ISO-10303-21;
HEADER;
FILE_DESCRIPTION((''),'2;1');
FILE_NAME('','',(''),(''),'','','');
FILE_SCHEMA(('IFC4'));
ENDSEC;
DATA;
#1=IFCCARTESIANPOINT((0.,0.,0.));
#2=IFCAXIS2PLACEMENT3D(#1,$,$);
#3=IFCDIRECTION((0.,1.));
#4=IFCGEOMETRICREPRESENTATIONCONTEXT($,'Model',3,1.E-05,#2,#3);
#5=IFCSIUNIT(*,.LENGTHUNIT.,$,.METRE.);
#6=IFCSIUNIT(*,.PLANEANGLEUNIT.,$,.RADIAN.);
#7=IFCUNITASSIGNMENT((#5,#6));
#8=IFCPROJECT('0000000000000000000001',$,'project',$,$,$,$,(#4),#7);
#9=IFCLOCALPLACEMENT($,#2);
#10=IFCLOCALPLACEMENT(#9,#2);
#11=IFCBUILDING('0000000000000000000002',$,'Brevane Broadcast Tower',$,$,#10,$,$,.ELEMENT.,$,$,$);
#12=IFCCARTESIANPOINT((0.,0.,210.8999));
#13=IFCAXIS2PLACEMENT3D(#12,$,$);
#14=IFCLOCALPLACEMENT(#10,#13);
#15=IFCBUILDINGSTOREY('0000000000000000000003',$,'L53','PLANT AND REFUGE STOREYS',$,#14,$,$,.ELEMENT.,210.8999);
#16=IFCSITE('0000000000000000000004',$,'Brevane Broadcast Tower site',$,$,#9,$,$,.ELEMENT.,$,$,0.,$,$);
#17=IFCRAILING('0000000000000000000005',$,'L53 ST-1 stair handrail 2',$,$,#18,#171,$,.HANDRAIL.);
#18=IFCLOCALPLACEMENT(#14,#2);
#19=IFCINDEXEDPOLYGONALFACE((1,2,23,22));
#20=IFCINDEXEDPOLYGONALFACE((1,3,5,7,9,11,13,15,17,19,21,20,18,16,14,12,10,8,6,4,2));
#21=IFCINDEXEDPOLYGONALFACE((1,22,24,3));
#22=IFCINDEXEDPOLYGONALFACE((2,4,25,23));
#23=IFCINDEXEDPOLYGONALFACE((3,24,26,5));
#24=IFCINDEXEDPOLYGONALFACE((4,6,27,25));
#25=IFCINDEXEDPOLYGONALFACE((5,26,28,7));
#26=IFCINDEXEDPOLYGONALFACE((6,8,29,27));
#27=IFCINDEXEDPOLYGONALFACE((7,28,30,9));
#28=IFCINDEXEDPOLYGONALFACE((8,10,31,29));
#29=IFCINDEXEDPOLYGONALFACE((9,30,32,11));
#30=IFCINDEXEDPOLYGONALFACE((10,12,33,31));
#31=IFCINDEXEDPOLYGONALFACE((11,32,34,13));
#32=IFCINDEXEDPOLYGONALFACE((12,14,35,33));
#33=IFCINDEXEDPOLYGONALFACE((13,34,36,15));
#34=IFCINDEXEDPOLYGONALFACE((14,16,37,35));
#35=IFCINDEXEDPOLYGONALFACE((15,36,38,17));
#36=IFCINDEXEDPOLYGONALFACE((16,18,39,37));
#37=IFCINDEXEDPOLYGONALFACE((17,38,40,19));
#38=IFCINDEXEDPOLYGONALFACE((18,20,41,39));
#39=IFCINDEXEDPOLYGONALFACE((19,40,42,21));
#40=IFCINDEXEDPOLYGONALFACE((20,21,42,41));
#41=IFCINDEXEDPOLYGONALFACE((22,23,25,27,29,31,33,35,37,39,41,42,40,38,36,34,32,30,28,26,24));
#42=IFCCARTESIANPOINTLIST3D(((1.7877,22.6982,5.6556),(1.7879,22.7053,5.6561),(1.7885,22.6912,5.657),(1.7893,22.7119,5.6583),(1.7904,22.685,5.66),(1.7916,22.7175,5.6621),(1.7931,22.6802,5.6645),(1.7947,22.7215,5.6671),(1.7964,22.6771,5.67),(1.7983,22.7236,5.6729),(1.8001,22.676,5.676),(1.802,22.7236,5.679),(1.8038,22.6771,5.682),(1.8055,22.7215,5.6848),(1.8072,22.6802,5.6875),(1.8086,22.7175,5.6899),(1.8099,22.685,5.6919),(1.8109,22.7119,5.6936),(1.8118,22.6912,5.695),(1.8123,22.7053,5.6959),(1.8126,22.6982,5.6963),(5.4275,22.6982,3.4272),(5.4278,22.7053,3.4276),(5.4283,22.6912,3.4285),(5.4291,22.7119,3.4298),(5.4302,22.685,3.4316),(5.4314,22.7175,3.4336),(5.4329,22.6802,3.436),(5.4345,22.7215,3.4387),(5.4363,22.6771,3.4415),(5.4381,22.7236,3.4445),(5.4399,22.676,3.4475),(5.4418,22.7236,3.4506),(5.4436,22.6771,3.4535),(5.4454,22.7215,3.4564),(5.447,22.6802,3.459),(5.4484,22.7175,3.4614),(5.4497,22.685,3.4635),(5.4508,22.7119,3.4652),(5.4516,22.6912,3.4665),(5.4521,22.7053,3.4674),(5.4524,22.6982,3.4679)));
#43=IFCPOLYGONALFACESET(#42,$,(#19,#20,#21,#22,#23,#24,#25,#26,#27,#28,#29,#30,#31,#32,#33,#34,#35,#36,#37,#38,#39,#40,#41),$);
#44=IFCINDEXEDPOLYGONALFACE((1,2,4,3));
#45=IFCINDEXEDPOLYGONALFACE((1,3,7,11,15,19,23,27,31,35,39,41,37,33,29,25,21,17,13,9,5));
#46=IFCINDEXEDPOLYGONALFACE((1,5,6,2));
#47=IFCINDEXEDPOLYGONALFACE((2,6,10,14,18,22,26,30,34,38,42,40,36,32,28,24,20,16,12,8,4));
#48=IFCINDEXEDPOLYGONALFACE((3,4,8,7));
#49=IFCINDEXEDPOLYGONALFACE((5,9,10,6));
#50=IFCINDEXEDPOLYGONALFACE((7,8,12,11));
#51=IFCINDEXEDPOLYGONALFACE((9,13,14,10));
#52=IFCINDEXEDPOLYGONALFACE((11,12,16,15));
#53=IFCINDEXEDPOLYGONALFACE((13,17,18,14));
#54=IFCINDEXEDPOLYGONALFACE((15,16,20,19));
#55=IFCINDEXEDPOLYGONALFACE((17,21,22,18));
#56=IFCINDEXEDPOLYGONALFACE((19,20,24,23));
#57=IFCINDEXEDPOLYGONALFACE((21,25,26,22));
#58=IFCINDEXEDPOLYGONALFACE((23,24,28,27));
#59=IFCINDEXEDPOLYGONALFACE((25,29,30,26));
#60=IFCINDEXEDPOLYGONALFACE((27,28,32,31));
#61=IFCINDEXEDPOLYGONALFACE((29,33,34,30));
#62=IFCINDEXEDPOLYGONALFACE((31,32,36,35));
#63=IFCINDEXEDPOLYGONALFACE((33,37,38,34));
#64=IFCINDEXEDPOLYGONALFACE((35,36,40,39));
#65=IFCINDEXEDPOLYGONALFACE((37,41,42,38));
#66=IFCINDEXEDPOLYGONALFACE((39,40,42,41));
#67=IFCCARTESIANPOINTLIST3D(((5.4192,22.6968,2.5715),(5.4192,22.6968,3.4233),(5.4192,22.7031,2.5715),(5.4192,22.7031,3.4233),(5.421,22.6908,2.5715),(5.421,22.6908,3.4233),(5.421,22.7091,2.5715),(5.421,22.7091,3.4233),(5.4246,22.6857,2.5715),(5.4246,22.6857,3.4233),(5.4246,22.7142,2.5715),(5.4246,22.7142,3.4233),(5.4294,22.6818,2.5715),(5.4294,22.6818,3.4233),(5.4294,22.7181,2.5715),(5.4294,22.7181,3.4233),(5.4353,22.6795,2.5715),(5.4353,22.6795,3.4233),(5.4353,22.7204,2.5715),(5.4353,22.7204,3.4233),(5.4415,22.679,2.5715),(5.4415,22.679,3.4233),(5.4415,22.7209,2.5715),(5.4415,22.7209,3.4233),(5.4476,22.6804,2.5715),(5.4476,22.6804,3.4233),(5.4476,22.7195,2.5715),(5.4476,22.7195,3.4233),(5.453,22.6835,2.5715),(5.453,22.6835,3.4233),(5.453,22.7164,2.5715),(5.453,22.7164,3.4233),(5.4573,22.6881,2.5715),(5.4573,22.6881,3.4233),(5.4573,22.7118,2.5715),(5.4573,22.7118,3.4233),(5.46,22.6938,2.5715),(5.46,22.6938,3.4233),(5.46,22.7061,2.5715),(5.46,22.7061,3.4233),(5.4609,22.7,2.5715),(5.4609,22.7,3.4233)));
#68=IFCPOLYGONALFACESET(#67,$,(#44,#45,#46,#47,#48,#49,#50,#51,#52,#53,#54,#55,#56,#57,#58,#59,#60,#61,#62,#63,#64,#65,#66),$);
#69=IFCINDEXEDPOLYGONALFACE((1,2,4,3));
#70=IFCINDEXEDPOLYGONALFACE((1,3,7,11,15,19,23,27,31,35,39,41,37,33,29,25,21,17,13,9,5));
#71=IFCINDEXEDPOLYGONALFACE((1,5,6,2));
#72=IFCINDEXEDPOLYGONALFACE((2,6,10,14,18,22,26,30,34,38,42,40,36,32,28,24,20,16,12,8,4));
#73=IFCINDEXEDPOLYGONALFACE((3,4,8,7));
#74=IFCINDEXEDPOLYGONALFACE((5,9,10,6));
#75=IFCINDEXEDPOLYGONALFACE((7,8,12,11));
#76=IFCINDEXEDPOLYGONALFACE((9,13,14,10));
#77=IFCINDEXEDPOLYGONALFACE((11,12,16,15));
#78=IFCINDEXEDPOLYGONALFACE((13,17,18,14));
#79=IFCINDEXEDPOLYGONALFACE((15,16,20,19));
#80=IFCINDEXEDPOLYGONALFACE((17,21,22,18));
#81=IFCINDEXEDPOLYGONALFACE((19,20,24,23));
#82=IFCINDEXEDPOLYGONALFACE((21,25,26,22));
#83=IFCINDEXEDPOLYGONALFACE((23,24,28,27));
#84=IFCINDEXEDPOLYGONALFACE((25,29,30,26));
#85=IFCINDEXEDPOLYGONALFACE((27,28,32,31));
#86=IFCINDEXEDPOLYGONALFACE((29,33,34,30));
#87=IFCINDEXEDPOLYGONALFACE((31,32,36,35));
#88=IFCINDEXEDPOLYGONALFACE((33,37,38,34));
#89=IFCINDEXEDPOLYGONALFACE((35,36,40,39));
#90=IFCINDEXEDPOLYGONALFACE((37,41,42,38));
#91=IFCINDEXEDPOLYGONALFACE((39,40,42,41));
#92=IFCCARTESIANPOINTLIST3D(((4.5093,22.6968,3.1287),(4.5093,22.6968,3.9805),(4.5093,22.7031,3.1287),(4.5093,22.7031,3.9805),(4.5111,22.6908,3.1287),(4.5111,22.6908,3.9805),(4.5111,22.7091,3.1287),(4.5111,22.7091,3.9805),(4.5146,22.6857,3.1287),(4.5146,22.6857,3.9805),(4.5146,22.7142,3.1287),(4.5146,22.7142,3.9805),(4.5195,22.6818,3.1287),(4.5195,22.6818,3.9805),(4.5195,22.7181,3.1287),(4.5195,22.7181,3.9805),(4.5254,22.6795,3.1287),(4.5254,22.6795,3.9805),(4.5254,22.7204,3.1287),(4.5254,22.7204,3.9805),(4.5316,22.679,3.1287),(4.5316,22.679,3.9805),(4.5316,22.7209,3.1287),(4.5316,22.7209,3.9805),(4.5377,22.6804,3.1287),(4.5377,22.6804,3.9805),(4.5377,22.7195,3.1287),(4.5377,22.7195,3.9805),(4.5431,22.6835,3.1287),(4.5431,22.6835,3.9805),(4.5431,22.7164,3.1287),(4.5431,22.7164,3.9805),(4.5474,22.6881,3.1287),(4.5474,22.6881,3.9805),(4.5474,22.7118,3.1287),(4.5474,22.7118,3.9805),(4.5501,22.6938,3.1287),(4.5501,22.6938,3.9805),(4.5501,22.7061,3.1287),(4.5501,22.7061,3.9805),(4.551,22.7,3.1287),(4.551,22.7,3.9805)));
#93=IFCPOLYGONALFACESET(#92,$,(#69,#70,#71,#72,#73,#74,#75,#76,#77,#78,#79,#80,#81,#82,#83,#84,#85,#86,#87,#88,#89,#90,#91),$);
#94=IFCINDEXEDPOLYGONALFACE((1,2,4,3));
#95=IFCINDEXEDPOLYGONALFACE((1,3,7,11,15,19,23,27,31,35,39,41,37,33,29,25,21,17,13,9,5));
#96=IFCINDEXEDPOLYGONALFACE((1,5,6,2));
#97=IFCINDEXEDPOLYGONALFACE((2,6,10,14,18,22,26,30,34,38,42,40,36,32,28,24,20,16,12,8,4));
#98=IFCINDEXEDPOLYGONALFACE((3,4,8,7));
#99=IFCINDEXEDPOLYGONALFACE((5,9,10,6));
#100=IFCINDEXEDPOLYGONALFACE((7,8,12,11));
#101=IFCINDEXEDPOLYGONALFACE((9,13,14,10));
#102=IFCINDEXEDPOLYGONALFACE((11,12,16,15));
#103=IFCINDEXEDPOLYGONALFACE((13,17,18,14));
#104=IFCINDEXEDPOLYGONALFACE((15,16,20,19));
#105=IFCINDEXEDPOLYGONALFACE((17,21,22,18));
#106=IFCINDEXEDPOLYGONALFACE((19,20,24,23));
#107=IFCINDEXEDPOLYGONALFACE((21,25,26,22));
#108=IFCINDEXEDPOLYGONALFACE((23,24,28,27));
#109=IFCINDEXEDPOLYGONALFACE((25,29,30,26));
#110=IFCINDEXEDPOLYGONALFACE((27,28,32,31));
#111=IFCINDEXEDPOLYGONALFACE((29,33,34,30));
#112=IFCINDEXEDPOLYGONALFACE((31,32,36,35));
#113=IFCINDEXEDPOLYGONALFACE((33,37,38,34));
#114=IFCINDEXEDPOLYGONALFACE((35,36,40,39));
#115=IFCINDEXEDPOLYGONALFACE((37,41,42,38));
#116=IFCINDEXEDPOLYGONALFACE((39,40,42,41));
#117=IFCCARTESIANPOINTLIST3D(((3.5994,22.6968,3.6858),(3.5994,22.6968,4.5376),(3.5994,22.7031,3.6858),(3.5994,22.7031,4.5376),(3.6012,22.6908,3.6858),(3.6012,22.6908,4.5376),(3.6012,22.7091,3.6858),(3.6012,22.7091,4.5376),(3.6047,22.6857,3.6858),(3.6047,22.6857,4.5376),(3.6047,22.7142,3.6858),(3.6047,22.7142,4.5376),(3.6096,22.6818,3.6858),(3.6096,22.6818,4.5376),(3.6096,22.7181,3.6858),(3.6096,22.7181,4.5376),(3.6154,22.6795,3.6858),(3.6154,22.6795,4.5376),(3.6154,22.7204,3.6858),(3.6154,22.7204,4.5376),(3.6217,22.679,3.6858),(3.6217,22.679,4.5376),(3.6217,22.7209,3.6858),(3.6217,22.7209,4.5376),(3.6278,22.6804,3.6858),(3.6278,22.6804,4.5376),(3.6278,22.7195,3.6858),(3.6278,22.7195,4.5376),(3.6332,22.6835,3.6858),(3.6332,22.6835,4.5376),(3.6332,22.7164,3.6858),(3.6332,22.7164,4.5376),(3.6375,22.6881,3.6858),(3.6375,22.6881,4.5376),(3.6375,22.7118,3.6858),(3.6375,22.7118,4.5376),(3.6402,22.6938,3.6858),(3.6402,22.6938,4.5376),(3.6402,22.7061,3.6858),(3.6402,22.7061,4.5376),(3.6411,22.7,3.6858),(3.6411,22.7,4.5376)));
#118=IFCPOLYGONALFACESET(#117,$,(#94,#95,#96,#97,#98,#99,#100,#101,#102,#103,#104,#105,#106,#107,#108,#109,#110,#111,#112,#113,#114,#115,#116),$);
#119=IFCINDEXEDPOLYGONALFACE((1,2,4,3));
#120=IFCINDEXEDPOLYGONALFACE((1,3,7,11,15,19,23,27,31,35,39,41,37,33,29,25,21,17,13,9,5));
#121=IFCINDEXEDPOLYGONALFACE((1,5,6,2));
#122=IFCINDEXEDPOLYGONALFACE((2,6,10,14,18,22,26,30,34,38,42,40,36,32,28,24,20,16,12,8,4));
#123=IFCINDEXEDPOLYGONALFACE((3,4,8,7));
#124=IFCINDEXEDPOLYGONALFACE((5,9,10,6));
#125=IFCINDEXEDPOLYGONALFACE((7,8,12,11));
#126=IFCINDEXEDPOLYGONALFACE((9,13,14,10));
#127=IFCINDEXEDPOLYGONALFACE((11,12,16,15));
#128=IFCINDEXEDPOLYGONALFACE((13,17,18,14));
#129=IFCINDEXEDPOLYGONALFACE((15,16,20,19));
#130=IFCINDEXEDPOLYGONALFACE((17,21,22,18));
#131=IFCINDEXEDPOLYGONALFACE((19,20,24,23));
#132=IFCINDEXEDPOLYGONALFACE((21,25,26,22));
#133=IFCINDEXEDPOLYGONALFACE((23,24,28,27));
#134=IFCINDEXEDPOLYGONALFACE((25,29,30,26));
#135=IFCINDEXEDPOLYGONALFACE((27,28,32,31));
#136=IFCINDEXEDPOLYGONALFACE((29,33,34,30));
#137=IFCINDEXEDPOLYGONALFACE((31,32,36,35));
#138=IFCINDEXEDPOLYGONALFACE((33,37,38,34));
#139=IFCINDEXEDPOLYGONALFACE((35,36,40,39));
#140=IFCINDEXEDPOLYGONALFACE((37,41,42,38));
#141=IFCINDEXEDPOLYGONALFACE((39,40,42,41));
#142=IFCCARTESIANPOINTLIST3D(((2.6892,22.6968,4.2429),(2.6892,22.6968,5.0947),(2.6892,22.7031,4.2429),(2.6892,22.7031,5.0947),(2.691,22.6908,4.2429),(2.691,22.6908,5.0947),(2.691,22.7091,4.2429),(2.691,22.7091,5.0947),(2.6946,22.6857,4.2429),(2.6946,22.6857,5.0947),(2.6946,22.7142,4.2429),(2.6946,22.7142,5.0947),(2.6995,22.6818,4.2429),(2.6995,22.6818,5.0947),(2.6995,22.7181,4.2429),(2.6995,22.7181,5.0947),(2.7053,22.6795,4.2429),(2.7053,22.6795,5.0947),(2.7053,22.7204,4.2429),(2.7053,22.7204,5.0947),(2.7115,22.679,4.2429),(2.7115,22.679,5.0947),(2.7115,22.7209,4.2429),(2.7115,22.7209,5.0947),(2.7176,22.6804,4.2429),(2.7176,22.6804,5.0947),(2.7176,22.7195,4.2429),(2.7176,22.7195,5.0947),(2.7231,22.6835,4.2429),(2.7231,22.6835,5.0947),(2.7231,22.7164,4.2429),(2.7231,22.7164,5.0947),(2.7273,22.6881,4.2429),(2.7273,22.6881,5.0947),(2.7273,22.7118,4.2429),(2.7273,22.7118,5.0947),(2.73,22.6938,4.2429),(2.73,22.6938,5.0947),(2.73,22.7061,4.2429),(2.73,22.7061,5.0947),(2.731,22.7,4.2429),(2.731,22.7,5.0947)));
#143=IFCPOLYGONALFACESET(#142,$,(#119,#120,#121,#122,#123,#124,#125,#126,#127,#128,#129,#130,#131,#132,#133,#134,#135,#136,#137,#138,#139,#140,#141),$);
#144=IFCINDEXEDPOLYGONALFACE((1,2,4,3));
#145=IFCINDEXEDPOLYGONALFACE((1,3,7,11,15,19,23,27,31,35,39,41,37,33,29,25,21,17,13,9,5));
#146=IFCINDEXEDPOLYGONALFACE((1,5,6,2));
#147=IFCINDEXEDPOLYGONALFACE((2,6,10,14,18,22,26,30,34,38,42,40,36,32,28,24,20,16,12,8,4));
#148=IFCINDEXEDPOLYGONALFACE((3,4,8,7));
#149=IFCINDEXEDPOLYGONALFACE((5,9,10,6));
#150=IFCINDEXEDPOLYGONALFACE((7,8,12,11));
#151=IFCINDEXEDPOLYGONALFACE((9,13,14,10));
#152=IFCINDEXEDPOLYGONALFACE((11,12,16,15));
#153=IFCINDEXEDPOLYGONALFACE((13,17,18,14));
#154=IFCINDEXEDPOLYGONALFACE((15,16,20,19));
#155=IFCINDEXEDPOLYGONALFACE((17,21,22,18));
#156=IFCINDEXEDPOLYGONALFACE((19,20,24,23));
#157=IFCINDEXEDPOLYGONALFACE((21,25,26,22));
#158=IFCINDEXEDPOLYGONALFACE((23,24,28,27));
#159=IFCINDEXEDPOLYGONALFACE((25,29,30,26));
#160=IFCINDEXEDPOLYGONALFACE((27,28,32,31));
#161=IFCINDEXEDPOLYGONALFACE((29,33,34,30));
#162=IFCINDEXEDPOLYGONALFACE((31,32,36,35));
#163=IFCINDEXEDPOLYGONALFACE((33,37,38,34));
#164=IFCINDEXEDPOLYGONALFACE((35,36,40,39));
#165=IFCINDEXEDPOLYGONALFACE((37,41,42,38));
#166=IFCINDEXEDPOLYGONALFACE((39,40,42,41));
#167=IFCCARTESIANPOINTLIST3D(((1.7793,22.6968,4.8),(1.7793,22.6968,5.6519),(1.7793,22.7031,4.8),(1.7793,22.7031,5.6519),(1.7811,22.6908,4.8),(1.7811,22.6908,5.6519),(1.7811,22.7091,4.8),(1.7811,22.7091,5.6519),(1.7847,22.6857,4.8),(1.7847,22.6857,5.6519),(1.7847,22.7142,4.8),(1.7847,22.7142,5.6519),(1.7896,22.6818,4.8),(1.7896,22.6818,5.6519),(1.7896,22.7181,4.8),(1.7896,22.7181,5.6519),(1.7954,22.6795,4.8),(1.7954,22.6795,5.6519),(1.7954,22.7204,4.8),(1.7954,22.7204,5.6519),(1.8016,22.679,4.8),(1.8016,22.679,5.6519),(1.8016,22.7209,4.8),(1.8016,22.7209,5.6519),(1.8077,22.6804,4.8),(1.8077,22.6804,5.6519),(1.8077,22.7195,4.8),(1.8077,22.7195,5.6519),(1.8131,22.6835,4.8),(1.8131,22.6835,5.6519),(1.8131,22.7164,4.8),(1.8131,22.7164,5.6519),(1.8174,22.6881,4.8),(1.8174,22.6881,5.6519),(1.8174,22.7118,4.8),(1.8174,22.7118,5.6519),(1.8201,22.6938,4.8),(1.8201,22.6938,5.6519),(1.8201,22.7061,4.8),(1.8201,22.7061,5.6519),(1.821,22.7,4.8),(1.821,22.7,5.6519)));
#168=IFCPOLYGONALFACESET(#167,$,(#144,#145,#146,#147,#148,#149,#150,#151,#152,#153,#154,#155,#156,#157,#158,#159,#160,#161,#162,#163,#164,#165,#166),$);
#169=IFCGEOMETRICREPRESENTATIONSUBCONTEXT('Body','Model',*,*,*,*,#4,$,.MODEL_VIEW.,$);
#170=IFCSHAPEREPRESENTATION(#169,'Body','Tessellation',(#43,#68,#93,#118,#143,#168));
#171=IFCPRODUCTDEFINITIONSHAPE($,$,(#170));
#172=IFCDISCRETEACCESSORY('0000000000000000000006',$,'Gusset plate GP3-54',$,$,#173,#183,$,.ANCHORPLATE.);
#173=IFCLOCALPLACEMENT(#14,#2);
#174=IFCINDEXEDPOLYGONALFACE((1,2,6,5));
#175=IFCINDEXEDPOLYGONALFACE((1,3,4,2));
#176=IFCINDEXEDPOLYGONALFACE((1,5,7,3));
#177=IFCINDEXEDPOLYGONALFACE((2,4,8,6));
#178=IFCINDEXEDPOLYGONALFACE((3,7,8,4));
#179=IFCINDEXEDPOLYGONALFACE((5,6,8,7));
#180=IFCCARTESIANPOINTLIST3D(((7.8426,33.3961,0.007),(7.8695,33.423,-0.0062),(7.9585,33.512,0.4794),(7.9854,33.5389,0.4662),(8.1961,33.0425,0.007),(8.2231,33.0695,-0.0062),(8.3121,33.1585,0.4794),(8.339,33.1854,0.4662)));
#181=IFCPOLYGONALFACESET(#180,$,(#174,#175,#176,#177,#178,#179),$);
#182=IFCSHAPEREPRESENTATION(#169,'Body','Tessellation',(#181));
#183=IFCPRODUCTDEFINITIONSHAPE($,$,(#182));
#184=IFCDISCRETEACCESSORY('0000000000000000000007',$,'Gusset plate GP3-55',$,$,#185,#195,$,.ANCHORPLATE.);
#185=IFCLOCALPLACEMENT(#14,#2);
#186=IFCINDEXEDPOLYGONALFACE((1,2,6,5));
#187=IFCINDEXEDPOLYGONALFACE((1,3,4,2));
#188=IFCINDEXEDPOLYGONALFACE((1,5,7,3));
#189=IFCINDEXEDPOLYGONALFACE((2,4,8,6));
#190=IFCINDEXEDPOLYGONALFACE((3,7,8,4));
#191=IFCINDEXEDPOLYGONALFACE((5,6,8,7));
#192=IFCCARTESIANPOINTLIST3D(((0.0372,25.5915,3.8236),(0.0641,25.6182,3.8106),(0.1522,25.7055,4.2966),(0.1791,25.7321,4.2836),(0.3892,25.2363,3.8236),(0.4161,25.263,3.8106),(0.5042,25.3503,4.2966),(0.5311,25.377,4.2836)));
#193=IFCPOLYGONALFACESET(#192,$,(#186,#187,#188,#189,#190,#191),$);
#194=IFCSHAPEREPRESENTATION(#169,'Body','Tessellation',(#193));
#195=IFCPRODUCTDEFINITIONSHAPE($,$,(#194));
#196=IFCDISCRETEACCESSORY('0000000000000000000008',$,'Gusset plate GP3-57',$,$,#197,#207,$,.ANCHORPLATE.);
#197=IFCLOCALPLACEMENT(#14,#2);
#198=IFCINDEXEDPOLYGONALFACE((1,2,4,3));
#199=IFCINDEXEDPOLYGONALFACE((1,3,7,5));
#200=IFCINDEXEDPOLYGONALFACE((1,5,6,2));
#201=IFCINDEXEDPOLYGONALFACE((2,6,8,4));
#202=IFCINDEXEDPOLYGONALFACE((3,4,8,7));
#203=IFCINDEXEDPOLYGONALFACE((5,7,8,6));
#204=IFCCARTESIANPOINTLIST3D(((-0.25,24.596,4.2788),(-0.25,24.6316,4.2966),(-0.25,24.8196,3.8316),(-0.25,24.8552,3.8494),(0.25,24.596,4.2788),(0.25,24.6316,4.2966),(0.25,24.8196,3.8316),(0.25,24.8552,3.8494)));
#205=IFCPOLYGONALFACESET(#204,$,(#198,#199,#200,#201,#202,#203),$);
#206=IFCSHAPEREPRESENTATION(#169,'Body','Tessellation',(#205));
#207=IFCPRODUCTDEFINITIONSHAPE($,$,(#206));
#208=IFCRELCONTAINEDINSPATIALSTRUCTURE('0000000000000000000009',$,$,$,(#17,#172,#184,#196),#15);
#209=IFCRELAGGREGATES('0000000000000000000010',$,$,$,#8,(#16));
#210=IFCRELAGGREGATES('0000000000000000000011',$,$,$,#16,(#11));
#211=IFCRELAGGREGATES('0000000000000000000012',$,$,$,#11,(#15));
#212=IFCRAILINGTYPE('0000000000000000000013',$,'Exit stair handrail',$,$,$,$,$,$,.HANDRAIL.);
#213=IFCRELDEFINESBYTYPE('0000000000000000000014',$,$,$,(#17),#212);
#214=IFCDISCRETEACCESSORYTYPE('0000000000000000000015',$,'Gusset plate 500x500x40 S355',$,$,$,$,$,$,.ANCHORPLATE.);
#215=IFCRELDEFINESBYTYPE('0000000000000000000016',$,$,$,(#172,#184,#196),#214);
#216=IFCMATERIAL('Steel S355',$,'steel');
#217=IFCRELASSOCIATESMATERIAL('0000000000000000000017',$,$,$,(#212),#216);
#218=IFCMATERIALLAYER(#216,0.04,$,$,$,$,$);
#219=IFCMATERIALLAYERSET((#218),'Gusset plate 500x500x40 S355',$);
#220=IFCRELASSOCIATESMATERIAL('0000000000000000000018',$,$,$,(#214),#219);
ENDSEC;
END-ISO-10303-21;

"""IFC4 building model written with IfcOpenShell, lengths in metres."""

from ifc_helpers import new_model, si_unit, direction, frame, origin, origin_2d, place, context, subcontext, project, spatial, rectangle, circle, extrude, material, layer, layer_set, type_object, element, save


model = new_model("IFC4")

# Units and contexts
model_context = context("Model", 3, precision=1e-05, world=origin(), true_north=direction((0.0, 1.0)))
body_context = subcontext(model_context, "Body", "Model", "MODEL_VIEW")
ifc_project = project(units=[si_unit("LENGTHUNIT", "METRE"), si_unit("PLANEANGLEUNIT", "RADIAN")], contexts=[model_context])

# Site, building, storey
site_placement = place(None, origin())
site = spatial("IfcSite", under=ifc_project, at=site_placement, Name="Brevane Broadcast Tower site", CompositionType="ELEMENT", RefElevation=0.0)
building_placement = place(site_placement, origin())
building = spatial("IfcBuilding", under=site, at=building_placement, Name="Brevane Broadcast Tower", CompositionType="ELEMENT")
storey_placement = place(building_placement, frame((0.0, 0.0, 210.8999)))
storey = spatial("IfcBuildingStorey", under=building, at=storey_placement, Name="L53", Description="PLANT AND REFUGE STOREYS", CompositionType="ELEMENT", Elevation=210.8999)

# Shared definitions
ifc_material_1 = material(Name="Steel S355", Category="steel")

# Railing
railing_type = type_object("IfcRailingType", Name="Exit stair handrail", PredefinedType="HANDRAIL", material=ifc_material_1)
railing_placement = place(storey_placement, frame((5.4399, 22.7, 2.5715)))
element("IfcRailing", 1, at=railing_placement, inside=storey, type_object=railing_type, Name="L53 ST-1 stair handrail 2", PredefinedType="HANDRAIL", context=body_context, shape_type="SweptSolid", body=[
    extrude(circle(Radius=0.0239, at=origin_2d()), frame((0.0, 0.0, 0.876), z_axis=(-0.85285, 0.0, 0.522156), x_axis=(0.0, -1.0, 0.0)), (0.0, 0.0, 1.0), 4.2678),
    extrude(circle(Radius=0.021, at=origin_2d()), origin(), (0.0, 0.0, 1.0), 0.8518),
    extrude(circle(Radius=0.021, at=origin_2d()), frame((-0.9099, 0.0, 0.5571)), (0.0, 0.0, 1.0), 0.8518),
    extrude(circle(Radius=0.021, at=origin_2d()), frame((-1.8198, 0.0, 1.1143)), (0.0, 0.0, 1.0), 0.8518),
    extrude(circle(Radius=0.021, at=origin_2d()), frame((-2.73, 0.0, 1.6714)), (0.0, 0.0, 1.0), 0.8518),
    extrude(circle(Radius=0.021, at=origin_2d()), frame((-3.6399, 0.0, 2.2285)), (0.0, 0.0, 1.0), 0.8518),
])

# Discrete accessories
ifc_layer_1 = layer(ifc_material_1, 0.04)
ifc_layer_set_1 = layer_set([ifc_layer_1], Name="Gusset plate 500x500x40 S355")
discrete_accessory_type = type_object("IfcDiscreteAccessoryType", Name="Gusset plate 500x500x40 S355", PredefinedType="ANCHORPLATE", material=ifc_layer_set_1)
discrete_accessory_1_placement = place(storey_placement, frame((8.1042, 33.3042, 0.23), z_axis=(-0.668005, -0.668005, 0.32793), x_axis=(0.707107, -0.707107, 0.0)))
element("IfcDiscreteAccessory", 2, at=discrete_accessory_1_placement, inside=storey, type_object=discrete_accessory_type, Name="Gusset plate GP3-54", PredefinedType="ANCHORPLATE", context=body_context, shape_type="SweptSolid", body=[
    extrude(rectangle(XDim=0.5, YDim=0.5, at=origin_2d()), origin(), (0.0, 0.0, 1.0), 0.0403),
])
discrete_accessory_2_placement = place(storey_placement, frame((0.2976, 25.4976, 4.0471), z_axis=(-0.672057, -0.665948, 0.323809), x_axis=(0.703871, -0.710328, 0.0)))
element("IfcDiscreteAccessory", 3, at=discrete_accessory_2_placement, inside=storey, type_object=discrete_accessory_type, Name="Gusset plate GP3-55", PredefinedType="ANCHORPLATE", context=body_context, shape_type="SweptSolid", body=[
    extrude(rectangle(XDim=0.5, YDim=0.5, at=origin_2d()), origin(), (0.0, 0.0, 1.0), 0.04),
])
discrete_accessory_3_placement = place(storey_placement, frame((0.0, 24.7078, 4.0552), z_axis=(0.0, 0.894427, 0.447214), x_axis=(-1.0, 0.0, 0.0)))
element("IfcDiscreteAccessory", 4, at=discrete_accessory_3_placement, inside=storey, type_object=discrete_accessory_type, Name="Gusset plate GP3-57", PredefinedType="ANCHORPLATE", context=body_context, shape_type="SweptSolid", body=[
    extrude(rectangle(XDim=0.5, YDim=0.5, at=origin_2d()), origin(), (0.0, 0.0, 1.0), 0.0398),
])

save(model, "model.ifc")
